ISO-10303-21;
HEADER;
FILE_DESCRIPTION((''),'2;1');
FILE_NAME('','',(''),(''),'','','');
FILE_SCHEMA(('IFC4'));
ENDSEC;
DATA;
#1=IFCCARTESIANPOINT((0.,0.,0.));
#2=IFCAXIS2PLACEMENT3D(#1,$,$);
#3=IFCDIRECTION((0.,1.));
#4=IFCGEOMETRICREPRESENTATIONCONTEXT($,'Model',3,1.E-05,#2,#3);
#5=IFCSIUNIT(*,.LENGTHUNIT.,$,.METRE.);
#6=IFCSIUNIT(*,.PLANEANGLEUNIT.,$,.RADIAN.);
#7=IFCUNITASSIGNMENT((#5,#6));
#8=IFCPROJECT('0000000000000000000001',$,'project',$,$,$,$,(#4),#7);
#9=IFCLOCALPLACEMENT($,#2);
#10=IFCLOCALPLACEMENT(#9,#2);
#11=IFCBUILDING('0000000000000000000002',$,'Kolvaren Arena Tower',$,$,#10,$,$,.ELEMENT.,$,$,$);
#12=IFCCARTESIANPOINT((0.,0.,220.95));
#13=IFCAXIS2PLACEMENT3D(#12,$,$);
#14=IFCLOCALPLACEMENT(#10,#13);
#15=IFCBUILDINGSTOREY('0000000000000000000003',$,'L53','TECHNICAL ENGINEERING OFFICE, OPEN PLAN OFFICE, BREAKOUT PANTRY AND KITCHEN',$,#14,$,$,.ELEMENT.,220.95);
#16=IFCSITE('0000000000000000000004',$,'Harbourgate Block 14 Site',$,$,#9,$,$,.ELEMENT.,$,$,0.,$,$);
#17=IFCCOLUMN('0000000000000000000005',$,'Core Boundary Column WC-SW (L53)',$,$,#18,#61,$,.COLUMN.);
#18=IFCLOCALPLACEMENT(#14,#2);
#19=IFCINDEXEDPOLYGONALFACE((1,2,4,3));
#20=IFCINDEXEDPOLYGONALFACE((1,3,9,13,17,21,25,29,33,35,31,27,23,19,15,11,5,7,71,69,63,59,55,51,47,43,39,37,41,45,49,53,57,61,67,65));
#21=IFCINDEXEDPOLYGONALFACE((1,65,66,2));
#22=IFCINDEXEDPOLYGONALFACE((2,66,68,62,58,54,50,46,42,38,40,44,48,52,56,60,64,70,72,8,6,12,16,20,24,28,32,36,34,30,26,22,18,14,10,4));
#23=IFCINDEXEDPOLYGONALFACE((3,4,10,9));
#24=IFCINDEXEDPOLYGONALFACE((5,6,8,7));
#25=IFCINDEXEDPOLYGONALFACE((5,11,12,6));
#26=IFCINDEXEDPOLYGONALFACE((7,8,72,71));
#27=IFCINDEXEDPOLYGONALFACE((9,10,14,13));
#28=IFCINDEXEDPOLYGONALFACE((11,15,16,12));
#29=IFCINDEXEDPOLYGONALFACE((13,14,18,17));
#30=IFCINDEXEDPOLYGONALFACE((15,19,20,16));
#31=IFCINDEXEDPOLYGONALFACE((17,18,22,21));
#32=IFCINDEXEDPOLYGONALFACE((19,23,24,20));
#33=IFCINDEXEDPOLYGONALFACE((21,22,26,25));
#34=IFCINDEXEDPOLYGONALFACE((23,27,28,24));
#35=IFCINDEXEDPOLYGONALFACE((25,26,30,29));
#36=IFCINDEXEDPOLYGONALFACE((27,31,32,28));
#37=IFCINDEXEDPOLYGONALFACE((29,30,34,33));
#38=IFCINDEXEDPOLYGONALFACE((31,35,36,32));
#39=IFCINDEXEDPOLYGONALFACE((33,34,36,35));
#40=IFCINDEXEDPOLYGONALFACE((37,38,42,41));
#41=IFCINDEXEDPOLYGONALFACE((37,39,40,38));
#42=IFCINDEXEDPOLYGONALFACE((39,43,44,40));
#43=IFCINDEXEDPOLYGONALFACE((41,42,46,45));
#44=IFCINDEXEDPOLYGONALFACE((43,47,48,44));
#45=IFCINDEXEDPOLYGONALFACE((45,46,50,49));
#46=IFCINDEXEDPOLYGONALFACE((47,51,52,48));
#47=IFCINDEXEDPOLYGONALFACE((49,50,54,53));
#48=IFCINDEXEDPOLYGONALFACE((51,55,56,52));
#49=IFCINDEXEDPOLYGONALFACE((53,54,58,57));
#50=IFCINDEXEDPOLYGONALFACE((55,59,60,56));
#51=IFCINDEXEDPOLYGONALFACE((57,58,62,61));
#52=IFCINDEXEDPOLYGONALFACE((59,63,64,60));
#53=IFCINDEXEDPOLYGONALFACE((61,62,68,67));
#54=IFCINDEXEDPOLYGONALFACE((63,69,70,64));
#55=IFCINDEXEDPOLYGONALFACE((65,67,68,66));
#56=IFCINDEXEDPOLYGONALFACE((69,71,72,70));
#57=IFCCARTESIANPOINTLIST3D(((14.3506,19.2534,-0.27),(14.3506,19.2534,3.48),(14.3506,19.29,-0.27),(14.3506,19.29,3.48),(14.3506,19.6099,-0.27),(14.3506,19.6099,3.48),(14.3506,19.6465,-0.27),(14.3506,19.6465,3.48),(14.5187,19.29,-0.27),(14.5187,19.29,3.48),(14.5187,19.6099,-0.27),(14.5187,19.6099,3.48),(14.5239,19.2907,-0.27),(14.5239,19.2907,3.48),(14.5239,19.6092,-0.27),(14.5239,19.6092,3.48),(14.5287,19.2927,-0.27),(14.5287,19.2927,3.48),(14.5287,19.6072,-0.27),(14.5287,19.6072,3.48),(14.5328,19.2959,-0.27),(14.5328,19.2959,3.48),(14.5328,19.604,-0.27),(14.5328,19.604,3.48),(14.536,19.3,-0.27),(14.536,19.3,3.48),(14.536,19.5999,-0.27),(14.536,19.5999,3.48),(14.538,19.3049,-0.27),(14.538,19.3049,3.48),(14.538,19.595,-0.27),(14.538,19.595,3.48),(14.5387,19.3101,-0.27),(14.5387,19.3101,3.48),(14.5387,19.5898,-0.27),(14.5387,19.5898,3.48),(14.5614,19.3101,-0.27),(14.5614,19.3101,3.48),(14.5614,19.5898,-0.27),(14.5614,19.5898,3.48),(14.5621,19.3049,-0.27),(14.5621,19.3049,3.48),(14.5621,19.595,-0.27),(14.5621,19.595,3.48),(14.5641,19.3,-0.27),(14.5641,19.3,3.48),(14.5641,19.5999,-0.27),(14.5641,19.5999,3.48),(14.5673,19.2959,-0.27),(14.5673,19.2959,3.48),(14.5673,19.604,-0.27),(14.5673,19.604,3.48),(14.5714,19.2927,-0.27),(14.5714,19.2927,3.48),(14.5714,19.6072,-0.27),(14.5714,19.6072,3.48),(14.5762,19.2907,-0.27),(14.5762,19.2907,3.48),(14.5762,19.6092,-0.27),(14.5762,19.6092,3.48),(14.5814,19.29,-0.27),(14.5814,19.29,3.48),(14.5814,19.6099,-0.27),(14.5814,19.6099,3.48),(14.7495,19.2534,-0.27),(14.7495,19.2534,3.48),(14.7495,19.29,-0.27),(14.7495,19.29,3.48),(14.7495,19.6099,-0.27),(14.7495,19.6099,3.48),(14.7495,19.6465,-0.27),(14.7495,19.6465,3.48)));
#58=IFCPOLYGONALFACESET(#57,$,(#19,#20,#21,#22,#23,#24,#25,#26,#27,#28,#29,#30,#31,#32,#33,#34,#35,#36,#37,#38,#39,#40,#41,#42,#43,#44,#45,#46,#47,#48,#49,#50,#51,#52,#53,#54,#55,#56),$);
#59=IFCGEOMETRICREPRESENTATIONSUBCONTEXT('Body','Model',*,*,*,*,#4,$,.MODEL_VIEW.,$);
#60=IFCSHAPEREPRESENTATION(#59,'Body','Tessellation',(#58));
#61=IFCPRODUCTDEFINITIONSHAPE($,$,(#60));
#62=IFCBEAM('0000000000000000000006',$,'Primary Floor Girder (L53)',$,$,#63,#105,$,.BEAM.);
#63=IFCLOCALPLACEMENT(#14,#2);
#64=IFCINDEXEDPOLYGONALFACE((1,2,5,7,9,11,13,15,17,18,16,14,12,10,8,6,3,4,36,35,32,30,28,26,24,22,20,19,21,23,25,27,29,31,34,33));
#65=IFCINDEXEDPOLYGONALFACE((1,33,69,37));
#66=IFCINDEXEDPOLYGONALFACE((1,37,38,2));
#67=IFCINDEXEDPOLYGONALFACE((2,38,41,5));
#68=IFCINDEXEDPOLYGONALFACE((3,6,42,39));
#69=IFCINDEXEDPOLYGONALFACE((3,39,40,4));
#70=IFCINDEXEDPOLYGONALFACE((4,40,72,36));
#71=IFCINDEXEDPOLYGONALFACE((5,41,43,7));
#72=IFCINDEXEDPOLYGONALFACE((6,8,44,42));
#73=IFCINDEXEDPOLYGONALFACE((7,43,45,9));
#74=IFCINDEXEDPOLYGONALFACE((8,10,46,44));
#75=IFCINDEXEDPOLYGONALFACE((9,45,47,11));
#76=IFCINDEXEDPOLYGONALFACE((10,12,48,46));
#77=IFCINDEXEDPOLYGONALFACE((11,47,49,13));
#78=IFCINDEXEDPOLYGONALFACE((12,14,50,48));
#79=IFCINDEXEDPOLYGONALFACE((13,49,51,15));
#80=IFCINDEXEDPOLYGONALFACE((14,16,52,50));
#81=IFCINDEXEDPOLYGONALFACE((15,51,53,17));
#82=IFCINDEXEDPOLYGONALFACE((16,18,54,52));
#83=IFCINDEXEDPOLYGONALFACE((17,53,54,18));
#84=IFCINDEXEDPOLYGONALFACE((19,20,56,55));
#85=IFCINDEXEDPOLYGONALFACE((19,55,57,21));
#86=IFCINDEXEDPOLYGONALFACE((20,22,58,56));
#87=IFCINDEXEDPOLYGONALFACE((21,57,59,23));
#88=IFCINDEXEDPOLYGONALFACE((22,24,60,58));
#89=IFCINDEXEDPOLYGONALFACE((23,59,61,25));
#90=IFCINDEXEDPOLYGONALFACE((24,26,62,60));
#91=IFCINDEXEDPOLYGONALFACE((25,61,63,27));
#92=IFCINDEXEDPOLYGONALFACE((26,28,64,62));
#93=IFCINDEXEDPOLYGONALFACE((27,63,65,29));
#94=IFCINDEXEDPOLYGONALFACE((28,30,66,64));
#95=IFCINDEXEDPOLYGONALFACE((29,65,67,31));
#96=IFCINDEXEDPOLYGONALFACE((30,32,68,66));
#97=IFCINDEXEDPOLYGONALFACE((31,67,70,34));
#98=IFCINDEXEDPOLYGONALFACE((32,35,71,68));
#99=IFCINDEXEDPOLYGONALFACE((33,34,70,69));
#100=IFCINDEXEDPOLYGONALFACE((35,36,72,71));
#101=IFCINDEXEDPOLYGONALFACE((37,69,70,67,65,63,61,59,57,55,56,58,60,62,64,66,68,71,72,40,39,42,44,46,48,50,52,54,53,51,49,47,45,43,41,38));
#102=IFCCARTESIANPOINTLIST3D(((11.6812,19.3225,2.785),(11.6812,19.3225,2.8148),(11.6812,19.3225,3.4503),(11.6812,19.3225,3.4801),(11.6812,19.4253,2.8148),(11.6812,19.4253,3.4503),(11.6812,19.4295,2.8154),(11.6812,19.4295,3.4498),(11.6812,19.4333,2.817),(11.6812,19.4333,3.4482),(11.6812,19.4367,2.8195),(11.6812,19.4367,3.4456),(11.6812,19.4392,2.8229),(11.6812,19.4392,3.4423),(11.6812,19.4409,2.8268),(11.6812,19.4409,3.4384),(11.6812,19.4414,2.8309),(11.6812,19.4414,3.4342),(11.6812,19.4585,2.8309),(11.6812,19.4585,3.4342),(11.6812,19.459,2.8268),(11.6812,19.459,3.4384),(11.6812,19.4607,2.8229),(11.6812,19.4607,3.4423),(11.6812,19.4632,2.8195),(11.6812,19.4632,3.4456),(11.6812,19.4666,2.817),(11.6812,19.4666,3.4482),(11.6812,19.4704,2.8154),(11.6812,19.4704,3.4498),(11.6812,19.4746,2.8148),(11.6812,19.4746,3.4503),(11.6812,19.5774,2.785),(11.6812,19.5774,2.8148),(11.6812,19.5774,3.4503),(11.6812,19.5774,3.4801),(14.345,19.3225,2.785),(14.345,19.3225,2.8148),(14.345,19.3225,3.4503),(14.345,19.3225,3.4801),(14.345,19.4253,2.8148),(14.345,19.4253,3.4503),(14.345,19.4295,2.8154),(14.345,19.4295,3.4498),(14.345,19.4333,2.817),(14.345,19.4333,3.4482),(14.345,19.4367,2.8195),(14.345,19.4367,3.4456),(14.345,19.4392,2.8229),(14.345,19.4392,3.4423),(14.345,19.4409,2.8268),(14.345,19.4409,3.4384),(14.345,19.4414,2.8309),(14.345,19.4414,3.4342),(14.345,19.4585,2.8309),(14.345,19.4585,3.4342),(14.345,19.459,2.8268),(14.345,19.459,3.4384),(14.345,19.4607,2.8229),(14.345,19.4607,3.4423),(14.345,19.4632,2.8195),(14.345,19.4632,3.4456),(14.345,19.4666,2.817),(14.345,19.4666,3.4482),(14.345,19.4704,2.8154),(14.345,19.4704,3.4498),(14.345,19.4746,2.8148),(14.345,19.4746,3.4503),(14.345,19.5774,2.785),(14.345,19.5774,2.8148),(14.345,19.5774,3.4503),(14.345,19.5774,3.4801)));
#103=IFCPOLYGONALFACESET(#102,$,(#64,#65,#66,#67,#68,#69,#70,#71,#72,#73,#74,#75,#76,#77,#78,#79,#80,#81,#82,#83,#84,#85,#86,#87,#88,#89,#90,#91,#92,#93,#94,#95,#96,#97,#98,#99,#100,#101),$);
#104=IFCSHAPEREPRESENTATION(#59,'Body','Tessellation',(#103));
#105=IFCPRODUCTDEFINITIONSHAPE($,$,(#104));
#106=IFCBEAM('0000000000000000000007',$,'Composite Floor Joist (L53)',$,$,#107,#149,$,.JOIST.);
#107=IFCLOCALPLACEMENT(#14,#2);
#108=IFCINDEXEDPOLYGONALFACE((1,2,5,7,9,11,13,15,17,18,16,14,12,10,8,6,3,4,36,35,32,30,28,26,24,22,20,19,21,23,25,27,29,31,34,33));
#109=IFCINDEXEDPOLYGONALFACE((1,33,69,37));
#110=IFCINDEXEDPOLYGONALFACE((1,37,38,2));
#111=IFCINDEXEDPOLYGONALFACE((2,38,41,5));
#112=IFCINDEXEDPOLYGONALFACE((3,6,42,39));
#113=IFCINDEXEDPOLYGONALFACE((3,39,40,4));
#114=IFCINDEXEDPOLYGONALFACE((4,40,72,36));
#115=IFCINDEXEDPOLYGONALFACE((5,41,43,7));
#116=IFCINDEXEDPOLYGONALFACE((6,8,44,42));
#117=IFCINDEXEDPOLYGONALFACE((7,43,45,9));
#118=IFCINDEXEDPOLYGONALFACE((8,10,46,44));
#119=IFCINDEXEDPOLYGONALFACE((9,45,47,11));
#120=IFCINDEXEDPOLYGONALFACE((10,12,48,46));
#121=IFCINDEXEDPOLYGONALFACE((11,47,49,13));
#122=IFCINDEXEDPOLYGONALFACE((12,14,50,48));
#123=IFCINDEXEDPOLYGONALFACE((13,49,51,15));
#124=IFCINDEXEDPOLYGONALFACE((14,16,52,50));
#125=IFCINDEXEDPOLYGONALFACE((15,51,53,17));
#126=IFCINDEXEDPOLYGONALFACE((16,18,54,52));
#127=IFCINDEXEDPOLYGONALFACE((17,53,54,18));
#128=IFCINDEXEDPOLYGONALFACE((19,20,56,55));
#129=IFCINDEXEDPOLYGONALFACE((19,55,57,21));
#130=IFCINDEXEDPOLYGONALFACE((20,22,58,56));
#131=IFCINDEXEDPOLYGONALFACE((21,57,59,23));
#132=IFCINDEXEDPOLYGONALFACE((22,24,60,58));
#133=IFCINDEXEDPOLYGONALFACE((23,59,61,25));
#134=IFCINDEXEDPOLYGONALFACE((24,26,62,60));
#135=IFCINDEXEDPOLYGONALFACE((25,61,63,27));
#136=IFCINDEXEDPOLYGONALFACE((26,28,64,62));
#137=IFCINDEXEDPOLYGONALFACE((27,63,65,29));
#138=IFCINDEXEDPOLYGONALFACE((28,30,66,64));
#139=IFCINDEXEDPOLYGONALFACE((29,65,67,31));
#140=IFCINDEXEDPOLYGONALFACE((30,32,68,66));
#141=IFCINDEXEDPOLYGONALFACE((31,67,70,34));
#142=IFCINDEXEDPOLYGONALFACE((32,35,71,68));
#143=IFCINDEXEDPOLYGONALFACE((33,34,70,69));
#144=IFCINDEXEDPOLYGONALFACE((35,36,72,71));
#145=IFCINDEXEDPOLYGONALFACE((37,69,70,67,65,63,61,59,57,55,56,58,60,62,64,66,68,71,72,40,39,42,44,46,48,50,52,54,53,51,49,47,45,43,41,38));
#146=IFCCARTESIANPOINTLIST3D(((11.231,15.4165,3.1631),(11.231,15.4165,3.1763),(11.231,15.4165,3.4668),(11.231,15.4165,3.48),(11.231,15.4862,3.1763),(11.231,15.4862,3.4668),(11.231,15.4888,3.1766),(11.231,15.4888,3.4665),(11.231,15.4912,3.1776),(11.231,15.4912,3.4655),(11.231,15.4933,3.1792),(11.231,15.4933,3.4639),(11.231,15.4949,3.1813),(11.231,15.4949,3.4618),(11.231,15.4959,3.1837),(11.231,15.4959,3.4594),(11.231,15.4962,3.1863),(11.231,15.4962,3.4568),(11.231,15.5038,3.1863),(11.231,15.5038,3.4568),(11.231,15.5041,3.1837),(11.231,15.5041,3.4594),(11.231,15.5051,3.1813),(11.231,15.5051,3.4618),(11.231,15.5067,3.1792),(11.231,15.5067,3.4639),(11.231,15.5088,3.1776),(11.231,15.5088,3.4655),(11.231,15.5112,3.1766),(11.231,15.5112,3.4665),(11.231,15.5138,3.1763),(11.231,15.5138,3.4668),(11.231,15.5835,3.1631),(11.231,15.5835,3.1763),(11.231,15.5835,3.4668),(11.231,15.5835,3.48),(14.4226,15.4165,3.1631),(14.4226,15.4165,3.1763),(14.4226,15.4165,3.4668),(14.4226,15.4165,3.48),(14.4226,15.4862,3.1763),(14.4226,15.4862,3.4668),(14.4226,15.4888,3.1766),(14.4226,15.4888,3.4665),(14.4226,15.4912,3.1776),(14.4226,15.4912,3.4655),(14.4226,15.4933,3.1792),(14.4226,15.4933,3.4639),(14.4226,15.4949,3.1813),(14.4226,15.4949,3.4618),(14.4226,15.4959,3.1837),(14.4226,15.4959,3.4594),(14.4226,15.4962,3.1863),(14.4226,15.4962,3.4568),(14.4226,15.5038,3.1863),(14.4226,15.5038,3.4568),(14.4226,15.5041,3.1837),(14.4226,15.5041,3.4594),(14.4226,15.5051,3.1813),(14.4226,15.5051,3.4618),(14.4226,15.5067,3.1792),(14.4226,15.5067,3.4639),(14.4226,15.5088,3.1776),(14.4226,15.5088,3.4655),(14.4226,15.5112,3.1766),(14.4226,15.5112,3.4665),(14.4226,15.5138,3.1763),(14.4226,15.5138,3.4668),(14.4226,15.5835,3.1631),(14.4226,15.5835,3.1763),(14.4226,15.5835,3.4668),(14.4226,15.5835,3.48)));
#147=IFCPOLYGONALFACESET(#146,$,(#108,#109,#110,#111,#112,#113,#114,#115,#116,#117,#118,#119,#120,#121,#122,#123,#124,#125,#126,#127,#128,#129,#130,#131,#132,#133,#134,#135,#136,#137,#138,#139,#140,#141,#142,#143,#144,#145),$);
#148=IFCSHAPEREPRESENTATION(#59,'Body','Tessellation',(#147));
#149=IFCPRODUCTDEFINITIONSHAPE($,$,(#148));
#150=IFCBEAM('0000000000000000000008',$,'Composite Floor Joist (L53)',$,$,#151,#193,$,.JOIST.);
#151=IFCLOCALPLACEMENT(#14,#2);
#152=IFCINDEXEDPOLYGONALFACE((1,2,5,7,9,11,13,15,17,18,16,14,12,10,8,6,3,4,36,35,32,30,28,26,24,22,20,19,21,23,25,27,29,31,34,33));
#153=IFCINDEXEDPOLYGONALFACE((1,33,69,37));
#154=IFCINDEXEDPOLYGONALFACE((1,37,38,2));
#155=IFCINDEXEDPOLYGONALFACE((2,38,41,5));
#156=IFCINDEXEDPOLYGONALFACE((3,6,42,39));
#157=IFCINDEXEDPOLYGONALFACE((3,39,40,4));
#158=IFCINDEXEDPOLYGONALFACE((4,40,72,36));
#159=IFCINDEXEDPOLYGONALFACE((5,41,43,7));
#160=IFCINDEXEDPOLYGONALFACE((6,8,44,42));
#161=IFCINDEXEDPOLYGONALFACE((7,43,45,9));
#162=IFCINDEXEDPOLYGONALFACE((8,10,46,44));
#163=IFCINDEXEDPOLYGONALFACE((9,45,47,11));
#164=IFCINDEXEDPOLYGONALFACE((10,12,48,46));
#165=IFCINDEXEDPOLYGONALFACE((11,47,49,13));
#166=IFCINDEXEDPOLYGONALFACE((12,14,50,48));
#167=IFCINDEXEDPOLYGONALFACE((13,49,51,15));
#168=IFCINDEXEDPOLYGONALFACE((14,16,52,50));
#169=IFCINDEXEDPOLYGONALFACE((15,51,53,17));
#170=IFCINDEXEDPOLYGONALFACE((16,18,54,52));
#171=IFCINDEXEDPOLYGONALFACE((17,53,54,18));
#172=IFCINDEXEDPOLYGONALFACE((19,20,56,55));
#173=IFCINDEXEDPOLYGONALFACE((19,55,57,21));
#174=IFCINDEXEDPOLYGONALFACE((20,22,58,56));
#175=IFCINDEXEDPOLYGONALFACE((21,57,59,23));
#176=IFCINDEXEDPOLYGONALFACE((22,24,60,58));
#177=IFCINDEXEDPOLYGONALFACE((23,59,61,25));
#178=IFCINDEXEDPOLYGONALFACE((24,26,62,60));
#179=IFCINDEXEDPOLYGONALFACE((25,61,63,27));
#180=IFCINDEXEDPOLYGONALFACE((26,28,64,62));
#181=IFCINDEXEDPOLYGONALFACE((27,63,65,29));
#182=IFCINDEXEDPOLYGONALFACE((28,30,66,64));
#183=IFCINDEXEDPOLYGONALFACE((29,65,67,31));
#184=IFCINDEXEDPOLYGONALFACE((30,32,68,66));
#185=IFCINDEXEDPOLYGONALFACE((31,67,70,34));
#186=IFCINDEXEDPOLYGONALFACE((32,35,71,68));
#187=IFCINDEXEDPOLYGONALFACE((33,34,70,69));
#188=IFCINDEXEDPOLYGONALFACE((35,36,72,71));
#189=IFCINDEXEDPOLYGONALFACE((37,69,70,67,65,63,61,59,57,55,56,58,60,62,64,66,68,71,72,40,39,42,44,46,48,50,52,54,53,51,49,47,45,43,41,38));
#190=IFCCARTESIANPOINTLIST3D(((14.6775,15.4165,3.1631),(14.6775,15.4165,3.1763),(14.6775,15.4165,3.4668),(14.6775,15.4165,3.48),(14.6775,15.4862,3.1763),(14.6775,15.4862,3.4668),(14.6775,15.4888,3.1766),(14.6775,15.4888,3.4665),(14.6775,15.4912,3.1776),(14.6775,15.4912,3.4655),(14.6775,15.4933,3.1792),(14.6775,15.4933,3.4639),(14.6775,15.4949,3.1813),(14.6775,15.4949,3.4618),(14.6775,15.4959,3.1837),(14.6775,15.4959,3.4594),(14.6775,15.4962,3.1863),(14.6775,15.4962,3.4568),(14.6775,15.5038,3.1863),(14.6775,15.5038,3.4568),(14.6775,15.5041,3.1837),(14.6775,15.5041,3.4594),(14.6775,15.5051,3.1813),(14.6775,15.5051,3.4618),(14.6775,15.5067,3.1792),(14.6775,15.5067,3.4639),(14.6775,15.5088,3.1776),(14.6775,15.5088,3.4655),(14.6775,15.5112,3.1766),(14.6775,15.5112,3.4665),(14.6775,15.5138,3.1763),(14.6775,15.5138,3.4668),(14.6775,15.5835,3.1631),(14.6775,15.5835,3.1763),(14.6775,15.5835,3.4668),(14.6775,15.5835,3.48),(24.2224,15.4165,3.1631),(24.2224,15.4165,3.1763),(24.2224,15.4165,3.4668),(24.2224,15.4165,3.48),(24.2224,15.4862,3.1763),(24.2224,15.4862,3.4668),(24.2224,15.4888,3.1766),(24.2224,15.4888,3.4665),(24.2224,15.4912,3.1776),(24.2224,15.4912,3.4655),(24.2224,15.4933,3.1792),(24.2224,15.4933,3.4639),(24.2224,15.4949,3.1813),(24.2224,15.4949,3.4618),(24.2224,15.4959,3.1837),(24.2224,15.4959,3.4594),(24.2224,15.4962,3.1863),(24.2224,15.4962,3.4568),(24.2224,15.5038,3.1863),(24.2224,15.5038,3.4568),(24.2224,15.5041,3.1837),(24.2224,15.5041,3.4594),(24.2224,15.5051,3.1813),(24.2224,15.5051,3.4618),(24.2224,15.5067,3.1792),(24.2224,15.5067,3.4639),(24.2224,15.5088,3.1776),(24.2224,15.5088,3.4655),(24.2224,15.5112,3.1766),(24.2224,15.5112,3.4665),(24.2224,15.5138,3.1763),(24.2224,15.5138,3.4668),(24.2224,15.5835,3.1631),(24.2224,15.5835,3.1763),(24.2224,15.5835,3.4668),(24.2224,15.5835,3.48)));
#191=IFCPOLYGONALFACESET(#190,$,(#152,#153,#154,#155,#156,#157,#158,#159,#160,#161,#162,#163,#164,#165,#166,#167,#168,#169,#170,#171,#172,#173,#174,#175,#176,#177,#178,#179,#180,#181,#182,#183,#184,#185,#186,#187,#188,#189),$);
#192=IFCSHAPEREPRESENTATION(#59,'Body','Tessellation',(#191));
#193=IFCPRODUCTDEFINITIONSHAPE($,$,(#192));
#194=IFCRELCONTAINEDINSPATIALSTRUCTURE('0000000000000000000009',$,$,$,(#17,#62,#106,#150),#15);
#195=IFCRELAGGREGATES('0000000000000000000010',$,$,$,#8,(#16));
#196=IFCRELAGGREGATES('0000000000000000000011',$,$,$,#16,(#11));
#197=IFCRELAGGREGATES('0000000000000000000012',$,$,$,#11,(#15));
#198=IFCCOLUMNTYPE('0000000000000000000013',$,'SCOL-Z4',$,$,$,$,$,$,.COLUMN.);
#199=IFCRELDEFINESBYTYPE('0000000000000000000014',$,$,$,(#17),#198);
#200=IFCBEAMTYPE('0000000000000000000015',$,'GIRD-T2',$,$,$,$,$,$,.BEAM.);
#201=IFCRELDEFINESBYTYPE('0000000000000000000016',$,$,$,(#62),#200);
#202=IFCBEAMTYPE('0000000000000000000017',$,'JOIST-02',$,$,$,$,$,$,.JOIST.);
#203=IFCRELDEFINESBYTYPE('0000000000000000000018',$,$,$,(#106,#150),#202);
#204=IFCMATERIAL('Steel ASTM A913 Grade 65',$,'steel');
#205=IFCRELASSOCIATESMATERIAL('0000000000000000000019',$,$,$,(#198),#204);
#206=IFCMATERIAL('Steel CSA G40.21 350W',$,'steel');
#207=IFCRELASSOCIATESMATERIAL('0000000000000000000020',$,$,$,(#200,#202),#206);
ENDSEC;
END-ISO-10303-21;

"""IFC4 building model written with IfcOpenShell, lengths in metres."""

from ifc_helpers import new_model, si_unit, direction, frame, origin, origin_2d, place, context, subcontext, project, spatial, i_section, extrude, material, material_profile, profile_set, type_object, element, save


model = new_model("IFC4")

# Units and contexts
model_context = context("Model", 3, precision=1e-05, world=origin(), true_north=direction((0.0, 1.0)))
body_context = subcontext(model_context, "Body", "Model", "MODEL_VIEW")
ifc_project = project(units=[si_unit("LENGTHUNIT", "METRE"), si_unit("PLANEANGLEUNIT", "RADIAN")], contexts=[model_context])

# Site, building, storey
site_placement = place(None, origin())
site = spatial("IfcSite", under=ifc_project, at=site_placement, Name="Harbourgate Block 14 Site", CompositionType="ELEMENT", RefElevation=0.0)
building_placement = place(site_placement, origin())
building = spatial("IfcBuilding", under=site, at=building_placement, Name="Kolvaren Arena Tower", CompositionType="ELEMENT")
storey_placement = place(building_placement, frame((0.0, 0.0, 220.95)))
storey = spatial("IfcBuildingStorey", under=building, at=storey_placement, Name="L53", Description="TECHNICAL ENGINEERING OFFICE, OPEN PLAN OFFICE, BREAKOUT PANTRY AND KITCHEN", CompositionType="ELEMENT", Elevation=220.95)

# Column
ifc_material_1 = material(Name="Steel ASTM A913 Grade 65", Category="steel")
ifc_material_profile_1 = material_profile(ifc_material_1, i_section(OverallWidth=0.3989, OverallDepth=0.3931, WebThickness=0.0227, FlangeThickness=0.0366, FilletRadius=0.02, at=origin_2d()), Name="W360x287")
ifc_profile_set_1 = profile_set([ifc_material_profile_1], Name="Steel ASTM A913 Grade 65")
column_type = type_object("IfcColumnType", Name="SCOL-Z4", PredefinedType="COLUMN", material=ifc_profile_set_1)
column_placement = place(storey_placement, frame((14.55, 19.45, -0.27), z_axis=(0.0, 0.0, 1.0), x_axis=(1.0, 0.0, 0.0)))
element("IfcColumn", 1, at=column_placement, inside=storey, type_object=column_type, Name="Core Boundary Column WC-SW (L53)", PredefinedType="COLUMN", context=body_context, shape_type="SweptSolid", body=[
    extrude(i_section(OverallWidth=0.3989, OverallDepth=0.3931, WebThickness=0.0227, FlangeThickness=0.0366, FilletRadius=0.02, at=origin_2d()), origin(), (0.0, 0.0, 1.0), 3.75),
])

# Beams
ifc_material_2 = material(Name="Steel CSA G40.21 350W", Category="steel")
ifc_material_profile_2 = material_profile(ifc_material_2, i_section(OverallWidth=0.2549, OverallDepth=0.6951, WebThickness=0.0171, FlangeThickness=0.0298, FilletRadius=0.0161, at=origin_2d()), Name="W690x217")
ifc_profile_set_2 = profile_set([ifc_material_profile_2], Name="Steel CSA G40.21 350W")
beam_type_1 = type_object("IfcBeamType", Name="GIRD-T2", PredefinedType="BEAM", material=ifc_profile_set_2)
beam_1_placement = place(storey_placement, frame((11.6812, 19.45, 3.1326), z_axis=(1.0, 0.0, 0.0), x_axis=(0.0, 1.0, 0.0)))
element("IfcBeam", 2, at=beam_1_placement, inside=storey, type_object=beam_type_1, Name="Primary Floor Girder (L53)", PredefinedType="BEAM", context=body_context, shape_type="SweptSolid", body=[
    extrude(i_section(OverallWidth=0.2549, OverallDepth=0.6951, WebThickness=0.0171, FlangeThickness=0.0298, FilletRadius=0.0161, at=origin_2d()), origin(), (0.0, 0.0, 1.0), 2.6638),
])
ifc_material_profile_3 = material_profile(ifc_material_2, i_section(OverallWidth=0.167, OverallDepth=0.3169, WebThickness=0.0076, FlangeThickness=0.0132, FilletRadius=0.01, at=origin_2d()), Name="W310x52")
ifc_profile_set_3 = profile_set([ifc_material_profile_3], Name="Steel CSA G40.21 350W")
beam_type_2 = type_object("IfcBeamType", Name="JOIST-02", PredefinedType="JOIST", material=ifc_profile_set_3)
beam_2_placement = place(storey_placement, frame((11.231, 15.5, 3.3215), z_axis=(1.0, 0.0, 0.0), x_axis=(0.0, 1.0, 0.0)))
element("IfcBeam", 3, at=beam_2_placement, inside=storey, type_object=beam_type_2, Name="Composite Floor Joist (L53)", PredefinedType="JOIST", context=body_context, shape_type="SweptSolid", body=[
    extrude(i_section(OverallWidth=0.167, OverallDepth=0.3169, WebThickness=0.0076, FlangeThickness=0.0132, FilletRadius=0.01, at=origin_2d()), origin(), (0.0, 0.0, 1.0), 3.1917),
])
beam_3_placement = place(storey_placement, frame((14.6775, 15.5, 3.3215), z_axis=(1.0, 0.0, 0.0), x_axis=(0.0, 1.0, 0.0)))
element("IfcBeam", 4, at=beam_3_placement, inside=storey, type_object=beam_type_2, Name="Composite Floor Joist (L53)", PredefinedType="JOIST", context=body_context, shape_type="SweptSolid", body=[
    extrude(i_section(OverallWidth=0.167, OverallDepth=0.3169, WebThickness=0.0076, FlangeThickness=0.0132, FilletRadius=0.01, at=origin_2d()), origin(), (0.0, 0.0, 1.0), 9.5449),
])

save(model, "model.ifc")
